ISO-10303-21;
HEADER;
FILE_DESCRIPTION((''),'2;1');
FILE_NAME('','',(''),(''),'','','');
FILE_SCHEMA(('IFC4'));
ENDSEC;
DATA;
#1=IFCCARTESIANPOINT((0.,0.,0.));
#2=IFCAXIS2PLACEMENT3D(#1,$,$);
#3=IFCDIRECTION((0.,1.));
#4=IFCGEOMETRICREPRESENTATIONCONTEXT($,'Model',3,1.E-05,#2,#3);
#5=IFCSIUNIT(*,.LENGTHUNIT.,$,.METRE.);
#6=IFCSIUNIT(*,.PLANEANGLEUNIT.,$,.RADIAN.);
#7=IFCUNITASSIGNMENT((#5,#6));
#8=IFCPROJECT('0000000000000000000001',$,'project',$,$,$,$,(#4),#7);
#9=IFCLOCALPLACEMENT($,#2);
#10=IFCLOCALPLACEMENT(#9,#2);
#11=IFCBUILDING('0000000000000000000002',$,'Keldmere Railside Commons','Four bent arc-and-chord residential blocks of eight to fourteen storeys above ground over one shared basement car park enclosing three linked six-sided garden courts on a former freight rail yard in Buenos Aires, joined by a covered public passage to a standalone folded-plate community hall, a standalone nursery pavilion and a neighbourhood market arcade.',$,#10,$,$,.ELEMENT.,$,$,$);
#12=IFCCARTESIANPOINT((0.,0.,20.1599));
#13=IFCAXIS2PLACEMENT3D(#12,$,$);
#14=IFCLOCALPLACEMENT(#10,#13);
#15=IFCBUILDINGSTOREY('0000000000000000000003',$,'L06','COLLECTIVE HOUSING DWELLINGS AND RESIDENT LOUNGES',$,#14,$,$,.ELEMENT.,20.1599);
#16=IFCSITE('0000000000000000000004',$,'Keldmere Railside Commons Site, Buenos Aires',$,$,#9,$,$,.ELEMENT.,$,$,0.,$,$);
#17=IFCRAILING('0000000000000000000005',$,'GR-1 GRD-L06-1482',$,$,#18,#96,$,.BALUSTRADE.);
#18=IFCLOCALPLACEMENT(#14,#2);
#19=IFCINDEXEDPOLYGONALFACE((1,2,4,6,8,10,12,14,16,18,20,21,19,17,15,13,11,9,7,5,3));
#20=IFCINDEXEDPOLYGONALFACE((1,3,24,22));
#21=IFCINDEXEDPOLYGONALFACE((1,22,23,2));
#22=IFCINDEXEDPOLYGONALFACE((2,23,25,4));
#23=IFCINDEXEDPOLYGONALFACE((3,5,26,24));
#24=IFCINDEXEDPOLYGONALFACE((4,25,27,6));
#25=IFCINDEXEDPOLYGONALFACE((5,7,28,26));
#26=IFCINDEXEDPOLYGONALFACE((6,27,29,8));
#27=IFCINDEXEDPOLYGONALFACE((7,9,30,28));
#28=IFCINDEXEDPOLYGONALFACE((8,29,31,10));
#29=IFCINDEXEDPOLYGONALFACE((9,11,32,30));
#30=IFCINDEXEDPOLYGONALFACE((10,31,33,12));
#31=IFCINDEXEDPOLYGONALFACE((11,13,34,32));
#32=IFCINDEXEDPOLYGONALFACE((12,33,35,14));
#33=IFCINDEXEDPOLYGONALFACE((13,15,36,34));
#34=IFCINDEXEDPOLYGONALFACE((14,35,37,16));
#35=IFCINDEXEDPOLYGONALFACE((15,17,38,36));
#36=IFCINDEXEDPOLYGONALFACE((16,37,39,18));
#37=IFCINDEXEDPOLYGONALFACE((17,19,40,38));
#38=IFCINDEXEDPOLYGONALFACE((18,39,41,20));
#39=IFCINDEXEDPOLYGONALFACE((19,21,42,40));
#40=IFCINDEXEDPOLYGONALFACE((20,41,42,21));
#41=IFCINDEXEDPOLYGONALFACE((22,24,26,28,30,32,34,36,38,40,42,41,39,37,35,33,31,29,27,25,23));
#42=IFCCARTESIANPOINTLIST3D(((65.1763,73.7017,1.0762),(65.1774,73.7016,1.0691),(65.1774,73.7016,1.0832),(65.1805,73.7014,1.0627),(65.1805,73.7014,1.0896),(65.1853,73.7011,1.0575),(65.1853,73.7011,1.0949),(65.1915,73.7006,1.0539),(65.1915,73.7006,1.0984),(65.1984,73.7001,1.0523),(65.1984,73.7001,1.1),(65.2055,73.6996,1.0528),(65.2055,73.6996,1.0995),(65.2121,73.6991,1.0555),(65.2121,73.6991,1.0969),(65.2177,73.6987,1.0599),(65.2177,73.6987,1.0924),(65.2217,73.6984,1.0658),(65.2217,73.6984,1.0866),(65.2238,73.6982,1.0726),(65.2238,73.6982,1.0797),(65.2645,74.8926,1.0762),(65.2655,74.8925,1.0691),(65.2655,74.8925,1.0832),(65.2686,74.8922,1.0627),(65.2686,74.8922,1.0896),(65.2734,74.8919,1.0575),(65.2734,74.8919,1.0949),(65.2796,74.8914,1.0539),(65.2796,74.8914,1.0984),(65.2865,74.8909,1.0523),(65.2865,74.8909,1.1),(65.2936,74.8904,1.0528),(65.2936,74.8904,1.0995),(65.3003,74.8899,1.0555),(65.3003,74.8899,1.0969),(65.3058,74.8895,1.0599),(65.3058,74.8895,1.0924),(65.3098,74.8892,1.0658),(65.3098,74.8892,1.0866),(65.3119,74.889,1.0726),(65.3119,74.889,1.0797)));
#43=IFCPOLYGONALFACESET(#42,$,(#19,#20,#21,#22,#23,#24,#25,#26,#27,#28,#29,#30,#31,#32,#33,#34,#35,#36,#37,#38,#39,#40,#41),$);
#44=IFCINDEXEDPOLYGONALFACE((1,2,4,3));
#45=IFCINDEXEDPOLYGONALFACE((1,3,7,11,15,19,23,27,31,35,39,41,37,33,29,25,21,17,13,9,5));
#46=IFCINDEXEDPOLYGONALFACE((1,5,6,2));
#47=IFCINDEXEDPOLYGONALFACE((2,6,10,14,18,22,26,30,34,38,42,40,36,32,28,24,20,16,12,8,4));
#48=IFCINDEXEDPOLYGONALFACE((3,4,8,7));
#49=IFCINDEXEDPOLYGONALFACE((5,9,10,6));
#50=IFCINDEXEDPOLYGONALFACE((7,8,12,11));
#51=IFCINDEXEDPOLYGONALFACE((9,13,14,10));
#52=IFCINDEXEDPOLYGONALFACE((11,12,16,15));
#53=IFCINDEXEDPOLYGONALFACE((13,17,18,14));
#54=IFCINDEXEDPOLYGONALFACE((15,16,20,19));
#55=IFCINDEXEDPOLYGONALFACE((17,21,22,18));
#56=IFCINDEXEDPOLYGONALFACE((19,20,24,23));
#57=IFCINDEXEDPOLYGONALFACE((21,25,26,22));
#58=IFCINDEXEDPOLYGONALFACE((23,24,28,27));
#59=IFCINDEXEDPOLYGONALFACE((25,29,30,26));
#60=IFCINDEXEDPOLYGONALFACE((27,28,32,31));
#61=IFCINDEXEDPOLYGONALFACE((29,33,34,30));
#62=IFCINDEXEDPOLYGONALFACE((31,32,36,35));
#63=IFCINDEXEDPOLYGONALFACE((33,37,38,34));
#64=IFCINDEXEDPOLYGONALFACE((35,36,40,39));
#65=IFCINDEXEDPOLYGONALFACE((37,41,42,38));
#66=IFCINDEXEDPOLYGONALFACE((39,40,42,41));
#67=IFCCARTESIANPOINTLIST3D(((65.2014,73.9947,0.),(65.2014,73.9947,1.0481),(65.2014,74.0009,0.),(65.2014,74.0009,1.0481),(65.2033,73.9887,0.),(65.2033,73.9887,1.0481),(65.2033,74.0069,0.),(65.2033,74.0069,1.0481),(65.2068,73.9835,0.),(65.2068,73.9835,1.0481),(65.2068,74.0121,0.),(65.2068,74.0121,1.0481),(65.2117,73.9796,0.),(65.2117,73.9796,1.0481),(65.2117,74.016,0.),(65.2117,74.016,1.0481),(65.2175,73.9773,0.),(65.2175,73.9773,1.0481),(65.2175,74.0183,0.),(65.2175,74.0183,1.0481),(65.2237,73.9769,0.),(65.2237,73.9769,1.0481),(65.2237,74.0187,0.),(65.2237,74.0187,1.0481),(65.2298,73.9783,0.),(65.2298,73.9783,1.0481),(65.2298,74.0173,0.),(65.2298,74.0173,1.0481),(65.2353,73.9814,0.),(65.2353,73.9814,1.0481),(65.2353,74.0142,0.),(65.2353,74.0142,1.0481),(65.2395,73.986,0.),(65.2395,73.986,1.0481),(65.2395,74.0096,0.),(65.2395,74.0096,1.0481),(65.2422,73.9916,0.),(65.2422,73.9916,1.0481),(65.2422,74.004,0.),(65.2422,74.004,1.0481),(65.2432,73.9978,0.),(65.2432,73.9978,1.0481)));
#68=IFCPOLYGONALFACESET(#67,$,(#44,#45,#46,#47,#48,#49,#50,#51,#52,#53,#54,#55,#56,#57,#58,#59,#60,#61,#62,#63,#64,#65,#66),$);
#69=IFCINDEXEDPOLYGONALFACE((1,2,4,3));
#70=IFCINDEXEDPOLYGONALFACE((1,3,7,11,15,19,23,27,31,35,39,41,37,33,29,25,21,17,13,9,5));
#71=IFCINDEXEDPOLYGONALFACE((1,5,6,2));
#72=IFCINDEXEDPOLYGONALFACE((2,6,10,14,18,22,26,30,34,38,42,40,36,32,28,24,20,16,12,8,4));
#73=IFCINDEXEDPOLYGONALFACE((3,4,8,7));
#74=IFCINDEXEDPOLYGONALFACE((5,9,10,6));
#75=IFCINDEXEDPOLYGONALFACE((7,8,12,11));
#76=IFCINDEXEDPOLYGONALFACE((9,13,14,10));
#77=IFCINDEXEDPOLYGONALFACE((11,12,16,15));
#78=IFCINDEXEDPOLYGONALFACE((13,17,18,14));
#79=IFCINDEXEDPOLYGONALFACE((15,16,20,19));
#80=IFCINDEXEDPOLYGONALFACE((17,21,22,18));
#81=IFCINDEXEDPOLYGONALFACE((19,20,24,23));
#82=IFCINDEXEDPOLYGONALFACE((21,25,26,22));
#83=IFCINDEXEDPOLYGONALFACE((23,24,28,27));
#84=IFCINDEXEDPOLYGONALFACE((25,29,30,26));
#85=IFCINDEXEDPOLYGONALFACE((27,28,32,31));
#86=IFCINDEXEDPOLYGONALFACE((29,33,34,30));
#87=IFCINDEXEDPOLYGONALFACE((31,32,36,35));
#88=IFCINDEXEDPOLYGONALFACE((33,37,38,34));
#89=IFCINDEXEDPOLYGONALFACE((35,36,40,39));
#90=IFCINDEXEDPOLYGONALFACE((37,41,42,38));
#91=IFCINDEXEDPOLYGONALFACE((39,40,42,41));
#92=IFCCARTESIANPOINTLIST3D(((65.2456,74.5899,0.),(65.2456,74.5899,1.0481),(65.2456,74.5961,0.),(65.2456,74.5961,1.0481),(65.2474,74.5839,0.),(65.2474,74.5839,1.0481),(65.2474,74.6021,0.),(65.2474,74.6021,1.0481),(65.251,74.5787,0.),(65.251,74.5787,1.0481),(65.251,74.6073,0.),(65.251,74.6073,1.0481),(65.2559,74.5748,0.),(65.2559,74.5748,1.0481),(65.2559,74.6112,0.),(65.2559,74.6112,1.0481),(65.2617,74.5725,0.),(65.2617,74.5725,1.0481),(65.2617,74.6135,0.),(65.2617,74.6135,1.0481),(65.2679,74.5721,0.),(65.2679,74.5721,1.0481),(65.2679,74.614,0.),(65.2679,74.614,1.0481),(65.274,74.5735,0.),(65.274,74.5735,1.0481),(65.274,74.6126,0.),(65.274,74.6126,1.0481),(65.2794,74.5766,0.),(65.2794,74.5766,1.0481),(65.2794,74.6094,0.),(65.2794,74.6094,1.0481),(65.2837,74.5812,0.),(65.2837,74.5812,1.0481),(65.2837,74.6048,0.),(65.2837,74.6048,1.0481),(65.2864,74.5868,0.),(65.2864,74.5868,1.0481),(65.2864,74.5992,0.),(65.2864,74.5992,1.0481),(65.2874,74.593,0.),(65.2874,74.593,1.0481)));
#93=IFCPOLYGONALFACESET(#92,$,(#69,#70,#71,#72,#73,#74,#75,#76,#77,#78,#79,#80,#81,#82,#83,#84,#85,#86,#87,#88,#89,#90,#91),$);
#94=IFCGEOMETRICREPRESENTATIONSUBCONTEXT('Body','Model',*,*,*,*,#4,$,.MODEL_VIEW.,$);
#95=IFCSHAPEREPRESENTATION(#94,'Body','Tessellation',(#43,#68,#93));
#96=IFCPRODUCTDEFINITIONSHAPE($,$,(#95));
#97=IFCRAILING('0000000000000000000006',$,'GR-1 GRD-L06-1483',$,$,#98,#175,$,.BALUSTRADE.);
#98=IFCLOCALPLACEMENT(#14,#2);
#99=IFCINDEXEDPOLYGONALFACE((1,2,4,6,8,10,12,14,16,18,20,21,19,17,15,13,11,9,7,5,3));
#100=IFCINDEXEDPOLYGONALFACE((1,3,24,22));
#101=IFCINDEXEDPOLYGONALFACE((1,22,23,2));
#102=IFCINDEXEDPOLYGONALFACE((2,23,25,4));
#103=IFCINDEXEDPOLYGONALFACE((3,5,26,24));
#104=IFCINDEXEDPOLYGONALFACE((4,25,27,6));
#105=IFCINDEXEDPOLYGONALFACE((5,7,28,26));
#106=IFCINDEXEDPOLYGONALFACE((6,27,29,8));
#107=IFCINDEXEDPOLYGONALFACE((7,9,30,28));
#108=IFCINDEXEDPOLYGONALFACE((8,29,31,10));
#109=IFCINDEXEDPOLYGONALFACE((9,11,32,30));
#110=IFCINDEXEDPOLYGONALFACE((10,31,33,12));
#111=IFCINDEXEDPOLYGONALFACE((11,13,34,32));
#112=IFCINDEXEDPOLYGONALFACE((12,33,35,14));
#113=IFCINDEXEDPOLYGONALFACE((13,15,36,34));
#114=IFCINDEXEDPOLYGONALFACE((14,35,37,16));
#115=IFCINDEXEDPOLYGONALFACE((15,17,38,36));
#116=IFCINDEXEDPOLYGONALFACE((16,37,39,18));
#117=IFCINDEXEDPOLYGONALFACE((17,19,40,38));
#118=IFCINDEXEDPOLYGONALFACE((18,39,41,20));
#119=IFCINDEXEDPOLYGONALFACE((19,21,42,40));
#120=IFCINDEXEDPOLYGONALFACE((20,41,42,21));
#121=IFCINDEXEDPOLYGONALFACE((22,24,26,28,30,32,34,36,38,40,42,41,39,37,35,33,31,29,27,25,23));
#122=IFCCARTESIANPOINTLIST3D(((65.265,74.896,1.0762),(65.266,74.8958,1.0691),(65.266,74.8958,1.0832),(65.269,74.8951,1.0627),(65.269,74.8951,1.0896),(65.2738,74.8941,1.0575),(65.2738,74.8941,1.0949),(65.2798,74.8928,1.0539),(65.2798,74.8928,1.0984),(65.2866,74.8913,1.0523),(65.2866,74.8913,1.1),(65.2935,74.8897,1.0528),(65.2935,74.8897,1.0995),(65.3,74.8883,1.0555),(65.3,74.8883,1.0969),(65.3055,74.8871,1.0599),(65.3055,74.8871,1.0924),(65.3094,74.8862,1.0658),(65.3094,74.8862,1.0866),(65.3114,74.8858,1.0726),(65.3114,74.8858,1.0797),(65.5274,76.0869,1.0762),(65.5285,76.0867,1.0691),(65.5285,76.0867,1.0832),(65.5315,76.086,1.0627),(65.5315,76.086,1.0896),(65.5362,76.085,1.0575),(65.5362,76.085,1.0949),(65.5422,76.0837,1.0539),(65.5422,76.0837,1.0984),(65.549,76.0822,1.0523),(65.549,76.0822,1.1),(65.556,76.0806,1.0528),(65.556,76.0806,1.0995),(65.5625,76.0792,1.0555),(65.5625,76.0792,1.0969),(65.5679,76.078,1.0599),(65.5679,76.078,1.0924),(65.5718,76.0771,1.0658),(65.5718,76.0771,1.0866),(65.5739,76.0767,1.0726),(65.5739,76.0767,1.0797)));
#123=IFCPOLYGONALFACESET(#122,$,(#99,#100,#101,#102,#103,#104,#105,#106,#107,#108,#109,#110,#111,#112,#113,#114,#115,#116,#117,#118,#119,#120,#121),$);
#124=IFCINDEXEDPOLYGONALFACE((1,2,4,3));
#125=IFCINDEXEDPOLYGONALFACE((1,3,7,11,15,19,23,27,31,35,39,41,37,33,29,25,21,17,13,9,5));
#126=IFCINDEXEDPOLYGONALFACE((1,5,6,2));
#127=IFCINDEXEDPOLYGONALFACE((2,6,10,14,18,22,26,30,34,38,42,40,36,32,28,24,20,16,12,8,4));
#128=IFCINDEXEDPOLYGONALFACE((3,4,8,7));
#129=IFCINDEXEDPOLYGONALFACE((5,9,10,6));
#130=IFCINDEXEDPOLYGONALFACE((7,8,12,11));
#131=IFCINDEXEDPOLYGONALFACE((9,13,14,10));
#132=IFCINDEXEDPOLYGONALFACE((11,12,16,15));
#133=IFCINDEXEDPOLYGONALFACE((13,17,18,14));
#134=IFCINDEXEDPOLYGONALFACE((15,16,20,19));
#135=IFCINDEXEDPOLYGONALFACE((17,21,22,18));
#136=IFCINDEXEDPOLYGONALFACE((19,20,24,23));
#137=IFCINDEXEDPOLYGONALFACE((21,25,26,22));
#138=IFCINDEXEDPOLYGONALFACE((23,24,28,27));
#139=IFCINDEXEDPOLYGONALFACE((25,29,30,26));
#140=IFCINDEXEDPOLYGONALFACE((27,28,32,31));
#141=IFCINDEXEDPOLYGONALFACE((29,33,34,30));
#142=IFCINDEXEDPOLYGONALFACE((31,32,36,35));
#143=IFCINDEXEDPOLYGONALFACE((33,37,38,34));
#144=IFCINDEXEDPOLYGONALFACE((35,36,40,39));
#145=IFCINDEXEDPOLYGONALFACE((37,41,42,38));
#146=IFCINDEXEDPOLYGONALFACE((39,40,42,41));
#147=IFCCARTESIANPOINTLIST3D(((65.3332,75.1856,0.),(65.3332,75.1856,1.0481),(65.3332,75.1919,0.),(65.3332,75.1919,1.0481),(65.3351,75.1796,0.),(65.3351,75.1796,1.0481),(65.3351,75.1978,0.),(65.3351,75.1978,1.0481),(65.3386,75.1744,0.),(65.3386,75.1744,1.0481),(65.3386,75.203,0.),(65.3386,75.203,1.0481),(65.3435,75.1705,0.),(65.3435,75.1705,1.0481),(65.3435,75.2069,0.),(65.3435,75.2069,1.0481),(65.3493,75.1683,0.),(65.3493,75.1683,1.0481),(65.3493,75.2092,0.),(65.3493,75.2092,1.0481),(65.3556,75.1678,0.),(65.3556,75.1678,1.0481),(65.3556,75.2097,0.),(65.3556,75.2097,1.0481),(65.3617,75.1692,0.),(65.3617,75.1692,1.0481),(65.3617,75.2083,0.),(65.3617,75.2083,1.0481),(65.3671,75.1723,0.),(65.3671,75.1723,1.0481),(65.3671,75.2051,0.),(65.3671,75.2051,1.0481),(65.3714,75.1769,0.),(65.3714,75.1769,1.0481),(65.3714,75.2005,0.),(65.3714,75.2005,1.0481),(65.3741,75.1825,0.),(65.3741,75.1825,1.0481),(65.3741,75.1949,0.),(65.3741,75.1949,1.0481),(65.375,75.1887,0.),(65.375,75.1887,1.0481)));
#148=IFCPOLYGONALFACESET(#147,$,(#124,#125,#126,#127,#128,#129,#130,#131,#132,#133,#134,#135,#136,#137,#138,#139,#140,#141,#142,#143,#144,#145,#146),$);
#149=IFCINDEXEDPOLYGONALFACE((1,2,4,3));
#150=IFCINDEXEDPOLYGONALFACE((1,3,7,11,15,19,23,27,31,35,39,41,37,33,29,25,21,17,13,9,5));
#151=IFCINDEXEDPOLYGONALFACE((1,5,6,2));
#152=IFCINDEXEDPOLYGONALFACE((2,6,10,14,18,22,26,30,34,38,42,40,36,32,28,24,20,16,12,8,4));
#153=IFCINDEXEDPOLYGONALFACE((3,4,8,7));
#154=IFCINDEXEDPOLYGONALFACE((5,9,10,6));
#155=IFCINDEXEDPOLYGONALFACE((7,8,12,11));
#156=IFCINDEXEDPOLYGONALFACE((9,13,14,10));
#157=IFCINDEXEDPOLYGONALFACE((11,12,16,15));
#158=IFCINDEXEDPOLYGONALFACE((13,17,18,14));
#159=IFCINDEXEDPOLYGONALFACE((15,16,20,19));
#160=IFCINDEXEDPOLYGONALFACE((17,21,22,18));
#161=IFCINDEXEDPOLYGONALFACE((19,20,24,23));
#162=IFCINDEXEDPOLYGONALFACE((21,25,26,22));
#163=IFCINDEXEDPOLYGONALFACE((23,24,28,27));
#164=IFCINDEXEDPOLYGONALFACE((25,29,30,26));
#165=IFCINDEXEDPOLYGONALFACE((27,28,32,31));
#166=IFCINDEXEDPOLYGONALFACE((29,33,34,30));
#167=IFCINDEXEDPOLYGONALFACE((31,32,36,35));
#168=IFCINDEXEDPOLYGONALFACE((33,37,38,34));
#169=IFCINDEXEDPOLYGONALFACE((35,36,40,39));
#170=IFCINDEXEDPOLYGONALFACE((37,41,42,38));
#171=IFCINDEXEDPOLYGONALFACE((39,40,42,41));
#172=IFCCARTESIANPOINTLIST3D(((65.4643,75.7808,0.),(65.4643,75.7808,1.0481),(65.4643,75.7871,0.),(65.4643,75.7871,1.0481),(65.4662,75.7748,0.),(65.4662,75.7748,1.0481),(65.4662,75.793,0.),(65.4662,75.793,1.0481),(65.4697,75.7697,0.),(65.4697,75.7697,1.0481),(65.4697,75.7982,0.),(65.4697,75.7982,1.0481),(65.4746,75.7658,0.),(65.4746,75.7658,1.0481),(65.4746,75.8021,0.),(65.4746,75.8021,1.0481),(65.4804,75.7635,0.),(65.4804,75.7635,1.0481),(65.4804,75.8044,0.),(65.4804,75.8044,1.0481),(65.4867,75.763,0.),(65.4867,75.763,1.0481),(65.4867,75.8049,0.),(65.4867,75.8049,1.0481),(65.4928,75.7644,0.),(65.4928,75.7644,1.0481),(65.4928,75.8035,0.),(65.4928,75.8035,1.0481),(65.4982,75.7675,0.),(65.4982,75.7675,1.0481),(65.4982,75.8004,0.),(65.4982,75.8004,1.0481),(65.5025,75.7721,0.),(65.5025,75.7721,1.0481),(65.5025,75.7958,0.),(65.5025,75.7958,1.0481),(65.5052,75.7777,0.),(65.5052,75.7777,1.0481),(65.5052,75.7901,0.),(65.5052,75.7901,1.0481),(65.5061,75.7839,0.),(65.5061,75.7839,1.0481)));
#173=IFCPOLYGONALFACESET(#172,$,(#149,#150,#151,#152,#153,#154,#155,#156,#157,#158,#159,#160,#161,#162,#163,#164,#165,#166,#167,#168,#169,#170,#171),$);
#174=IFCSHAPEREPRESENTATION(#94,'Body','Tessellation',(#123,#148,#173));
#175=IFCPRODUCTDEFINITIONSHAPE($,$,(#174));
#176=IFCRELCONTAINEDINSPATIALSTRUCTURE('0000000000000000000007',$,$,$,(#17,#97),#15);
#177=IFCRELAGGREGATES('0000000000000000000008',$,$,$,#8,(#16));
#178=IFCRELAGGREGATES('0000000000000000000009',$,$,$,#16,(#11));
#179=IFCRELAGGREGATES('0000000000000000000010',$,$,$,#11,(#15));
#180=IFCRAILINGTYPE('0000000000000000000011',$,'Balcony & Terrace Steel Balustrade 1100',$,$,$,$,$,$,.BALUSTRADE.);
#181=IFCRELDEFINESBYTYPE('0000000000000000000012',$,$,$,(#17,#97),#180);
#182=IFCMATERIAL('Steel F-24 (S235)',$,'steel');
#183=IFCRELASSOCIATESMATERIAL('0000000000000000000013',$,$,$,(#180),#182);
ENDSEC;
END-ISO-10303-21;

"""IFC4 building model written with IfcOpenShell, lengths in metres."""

from ifc_helpers import new_model, si_unit, direction, frame, origin, origin_2d, place, context, subcontext, project, spatial, circle, extrude, material, type_object, element, save


model = new_model("IFC4")

# Units and contexts
model_context = context("Model", 3, precision=1e-05, world=origin(), true_north=direction((0.0, 1.0)))
body_context = subcontext(model_context, "Body", "Model", "MODEL_VIEW")
ifc_project = project(units=[si_unit("LENGTHUNIT", "METRE"), si_unit("PLANEANGLEUNIT", "RADIAN")], contexts=[model_context])

# Site, building, storey
site_placement = place(None, origin())
site = spatial("IfcSite", under=ifc_project, at=site_placement, Name="Keldmere Railside Commons Site, Buenos Aires", CompositionType="ELEMENT", RefElevation=0.0)
building_placement = place(site_placement, origin())
building = spatial("IfcBuilding", under=site, at=building_placement, Name="Keldmere Railside Commons", Description="Four bent arc-and-chord residential blocks of eight to fourteen storeys above ground over one shared basement car park enclosing three linked six-sided garden courts on a former freight rail yard in Buenos Aires, joined by a covered public passage to a standalone folded-plate community hall, a standalone nursery pavilion and a neighbourhood market arcade.", CompositionType="ELEMENT")
storey_placement = place(building_placement, frame((0.0, 0.0, 20.1599)))
storey = spatial("IfcBuildingStorey", under=building, at=storey_placement, Name="L06", Description="COLLECTIVE HOUSING DWELLINGS AND RESIDENT LOUNGES", CompositionType="ELEMENT", Elevation=20.1599)

# Railings
ifc_material_1 = material(Name="Steel F-24 (S235)", Category="steel")
railing_type_1 = type_object("IfcRailingType", Name="Balcony & Terrace Steel Balustrade 1100", PredefinedType="BALUSTRADE", material=ifc_material_1)
railing_1_placement = place(storey_placement, frame((65.2002, 73.7, 0.0)))
element("IfcRailing", 1, at=railing_1_placement, inside=storey, type_object=railing_type_1, Name="GR-1 GRD-L06-1482", PredefinedType="BALUSTRADE", context=body_context, shape_type="SweptSolid", body=[
    extrude(circle(Radius=0.0239, at=origin_2d()), frame((0.0, 0.0, 1.0762), z_axis=(0.073804, 0.997273, 0.0), x_axis=(-0.997273, 0.073804, 0.0)), (0.0, 0.0, 1.0), 1.1941),
    extrude(circle(Radius=0.021, at=origin_2d()), frame((0.022, 0.2979, 0.0)), (0.0, 0.0, 1.0), 1.0481),
    extrude(circle(Radius=0.021, at=origin_2d()), frame((0.0662, 0.8931, 0.0)), (0.0, 0.0, 1.0), 1.0481),
])
railing_2_placement = place(storey_placement, frame((65.2883, 74.8909, 0.0)))
element("IfcRailing", 2, at=railing_2_placement, inside=storey, type_object=railing_type_1, Name="GR-1 GRD-L06-1483", PredefinedType="BALUSTRADE", context=body_context, shape_type="SweptSolid", body=[
    extrude(circle(Radius=0.0239, at=origin_2d()), frame((0.0, 0.0, 1.0762), z_axis=(0.215213, 0.976567, 0.0), x_axis=(-0.976567, 0.215213, 0.0)), (0.0, 0.0, 1.0), 1.2195),
    extrude(circle(Radius=0.021, at=origin_2d()), frame((0.0657, 0.2979, 0.0)), (0.0, 0.0, 1.0), 1.0481),
    extrude(circle(Radius=0.021, at=origin_2d()), frame((0.1968, 0.8931, 0.0)), (0.0, 0.0, 1.0), 1.0481),
])

save(model, "model.ifc")
